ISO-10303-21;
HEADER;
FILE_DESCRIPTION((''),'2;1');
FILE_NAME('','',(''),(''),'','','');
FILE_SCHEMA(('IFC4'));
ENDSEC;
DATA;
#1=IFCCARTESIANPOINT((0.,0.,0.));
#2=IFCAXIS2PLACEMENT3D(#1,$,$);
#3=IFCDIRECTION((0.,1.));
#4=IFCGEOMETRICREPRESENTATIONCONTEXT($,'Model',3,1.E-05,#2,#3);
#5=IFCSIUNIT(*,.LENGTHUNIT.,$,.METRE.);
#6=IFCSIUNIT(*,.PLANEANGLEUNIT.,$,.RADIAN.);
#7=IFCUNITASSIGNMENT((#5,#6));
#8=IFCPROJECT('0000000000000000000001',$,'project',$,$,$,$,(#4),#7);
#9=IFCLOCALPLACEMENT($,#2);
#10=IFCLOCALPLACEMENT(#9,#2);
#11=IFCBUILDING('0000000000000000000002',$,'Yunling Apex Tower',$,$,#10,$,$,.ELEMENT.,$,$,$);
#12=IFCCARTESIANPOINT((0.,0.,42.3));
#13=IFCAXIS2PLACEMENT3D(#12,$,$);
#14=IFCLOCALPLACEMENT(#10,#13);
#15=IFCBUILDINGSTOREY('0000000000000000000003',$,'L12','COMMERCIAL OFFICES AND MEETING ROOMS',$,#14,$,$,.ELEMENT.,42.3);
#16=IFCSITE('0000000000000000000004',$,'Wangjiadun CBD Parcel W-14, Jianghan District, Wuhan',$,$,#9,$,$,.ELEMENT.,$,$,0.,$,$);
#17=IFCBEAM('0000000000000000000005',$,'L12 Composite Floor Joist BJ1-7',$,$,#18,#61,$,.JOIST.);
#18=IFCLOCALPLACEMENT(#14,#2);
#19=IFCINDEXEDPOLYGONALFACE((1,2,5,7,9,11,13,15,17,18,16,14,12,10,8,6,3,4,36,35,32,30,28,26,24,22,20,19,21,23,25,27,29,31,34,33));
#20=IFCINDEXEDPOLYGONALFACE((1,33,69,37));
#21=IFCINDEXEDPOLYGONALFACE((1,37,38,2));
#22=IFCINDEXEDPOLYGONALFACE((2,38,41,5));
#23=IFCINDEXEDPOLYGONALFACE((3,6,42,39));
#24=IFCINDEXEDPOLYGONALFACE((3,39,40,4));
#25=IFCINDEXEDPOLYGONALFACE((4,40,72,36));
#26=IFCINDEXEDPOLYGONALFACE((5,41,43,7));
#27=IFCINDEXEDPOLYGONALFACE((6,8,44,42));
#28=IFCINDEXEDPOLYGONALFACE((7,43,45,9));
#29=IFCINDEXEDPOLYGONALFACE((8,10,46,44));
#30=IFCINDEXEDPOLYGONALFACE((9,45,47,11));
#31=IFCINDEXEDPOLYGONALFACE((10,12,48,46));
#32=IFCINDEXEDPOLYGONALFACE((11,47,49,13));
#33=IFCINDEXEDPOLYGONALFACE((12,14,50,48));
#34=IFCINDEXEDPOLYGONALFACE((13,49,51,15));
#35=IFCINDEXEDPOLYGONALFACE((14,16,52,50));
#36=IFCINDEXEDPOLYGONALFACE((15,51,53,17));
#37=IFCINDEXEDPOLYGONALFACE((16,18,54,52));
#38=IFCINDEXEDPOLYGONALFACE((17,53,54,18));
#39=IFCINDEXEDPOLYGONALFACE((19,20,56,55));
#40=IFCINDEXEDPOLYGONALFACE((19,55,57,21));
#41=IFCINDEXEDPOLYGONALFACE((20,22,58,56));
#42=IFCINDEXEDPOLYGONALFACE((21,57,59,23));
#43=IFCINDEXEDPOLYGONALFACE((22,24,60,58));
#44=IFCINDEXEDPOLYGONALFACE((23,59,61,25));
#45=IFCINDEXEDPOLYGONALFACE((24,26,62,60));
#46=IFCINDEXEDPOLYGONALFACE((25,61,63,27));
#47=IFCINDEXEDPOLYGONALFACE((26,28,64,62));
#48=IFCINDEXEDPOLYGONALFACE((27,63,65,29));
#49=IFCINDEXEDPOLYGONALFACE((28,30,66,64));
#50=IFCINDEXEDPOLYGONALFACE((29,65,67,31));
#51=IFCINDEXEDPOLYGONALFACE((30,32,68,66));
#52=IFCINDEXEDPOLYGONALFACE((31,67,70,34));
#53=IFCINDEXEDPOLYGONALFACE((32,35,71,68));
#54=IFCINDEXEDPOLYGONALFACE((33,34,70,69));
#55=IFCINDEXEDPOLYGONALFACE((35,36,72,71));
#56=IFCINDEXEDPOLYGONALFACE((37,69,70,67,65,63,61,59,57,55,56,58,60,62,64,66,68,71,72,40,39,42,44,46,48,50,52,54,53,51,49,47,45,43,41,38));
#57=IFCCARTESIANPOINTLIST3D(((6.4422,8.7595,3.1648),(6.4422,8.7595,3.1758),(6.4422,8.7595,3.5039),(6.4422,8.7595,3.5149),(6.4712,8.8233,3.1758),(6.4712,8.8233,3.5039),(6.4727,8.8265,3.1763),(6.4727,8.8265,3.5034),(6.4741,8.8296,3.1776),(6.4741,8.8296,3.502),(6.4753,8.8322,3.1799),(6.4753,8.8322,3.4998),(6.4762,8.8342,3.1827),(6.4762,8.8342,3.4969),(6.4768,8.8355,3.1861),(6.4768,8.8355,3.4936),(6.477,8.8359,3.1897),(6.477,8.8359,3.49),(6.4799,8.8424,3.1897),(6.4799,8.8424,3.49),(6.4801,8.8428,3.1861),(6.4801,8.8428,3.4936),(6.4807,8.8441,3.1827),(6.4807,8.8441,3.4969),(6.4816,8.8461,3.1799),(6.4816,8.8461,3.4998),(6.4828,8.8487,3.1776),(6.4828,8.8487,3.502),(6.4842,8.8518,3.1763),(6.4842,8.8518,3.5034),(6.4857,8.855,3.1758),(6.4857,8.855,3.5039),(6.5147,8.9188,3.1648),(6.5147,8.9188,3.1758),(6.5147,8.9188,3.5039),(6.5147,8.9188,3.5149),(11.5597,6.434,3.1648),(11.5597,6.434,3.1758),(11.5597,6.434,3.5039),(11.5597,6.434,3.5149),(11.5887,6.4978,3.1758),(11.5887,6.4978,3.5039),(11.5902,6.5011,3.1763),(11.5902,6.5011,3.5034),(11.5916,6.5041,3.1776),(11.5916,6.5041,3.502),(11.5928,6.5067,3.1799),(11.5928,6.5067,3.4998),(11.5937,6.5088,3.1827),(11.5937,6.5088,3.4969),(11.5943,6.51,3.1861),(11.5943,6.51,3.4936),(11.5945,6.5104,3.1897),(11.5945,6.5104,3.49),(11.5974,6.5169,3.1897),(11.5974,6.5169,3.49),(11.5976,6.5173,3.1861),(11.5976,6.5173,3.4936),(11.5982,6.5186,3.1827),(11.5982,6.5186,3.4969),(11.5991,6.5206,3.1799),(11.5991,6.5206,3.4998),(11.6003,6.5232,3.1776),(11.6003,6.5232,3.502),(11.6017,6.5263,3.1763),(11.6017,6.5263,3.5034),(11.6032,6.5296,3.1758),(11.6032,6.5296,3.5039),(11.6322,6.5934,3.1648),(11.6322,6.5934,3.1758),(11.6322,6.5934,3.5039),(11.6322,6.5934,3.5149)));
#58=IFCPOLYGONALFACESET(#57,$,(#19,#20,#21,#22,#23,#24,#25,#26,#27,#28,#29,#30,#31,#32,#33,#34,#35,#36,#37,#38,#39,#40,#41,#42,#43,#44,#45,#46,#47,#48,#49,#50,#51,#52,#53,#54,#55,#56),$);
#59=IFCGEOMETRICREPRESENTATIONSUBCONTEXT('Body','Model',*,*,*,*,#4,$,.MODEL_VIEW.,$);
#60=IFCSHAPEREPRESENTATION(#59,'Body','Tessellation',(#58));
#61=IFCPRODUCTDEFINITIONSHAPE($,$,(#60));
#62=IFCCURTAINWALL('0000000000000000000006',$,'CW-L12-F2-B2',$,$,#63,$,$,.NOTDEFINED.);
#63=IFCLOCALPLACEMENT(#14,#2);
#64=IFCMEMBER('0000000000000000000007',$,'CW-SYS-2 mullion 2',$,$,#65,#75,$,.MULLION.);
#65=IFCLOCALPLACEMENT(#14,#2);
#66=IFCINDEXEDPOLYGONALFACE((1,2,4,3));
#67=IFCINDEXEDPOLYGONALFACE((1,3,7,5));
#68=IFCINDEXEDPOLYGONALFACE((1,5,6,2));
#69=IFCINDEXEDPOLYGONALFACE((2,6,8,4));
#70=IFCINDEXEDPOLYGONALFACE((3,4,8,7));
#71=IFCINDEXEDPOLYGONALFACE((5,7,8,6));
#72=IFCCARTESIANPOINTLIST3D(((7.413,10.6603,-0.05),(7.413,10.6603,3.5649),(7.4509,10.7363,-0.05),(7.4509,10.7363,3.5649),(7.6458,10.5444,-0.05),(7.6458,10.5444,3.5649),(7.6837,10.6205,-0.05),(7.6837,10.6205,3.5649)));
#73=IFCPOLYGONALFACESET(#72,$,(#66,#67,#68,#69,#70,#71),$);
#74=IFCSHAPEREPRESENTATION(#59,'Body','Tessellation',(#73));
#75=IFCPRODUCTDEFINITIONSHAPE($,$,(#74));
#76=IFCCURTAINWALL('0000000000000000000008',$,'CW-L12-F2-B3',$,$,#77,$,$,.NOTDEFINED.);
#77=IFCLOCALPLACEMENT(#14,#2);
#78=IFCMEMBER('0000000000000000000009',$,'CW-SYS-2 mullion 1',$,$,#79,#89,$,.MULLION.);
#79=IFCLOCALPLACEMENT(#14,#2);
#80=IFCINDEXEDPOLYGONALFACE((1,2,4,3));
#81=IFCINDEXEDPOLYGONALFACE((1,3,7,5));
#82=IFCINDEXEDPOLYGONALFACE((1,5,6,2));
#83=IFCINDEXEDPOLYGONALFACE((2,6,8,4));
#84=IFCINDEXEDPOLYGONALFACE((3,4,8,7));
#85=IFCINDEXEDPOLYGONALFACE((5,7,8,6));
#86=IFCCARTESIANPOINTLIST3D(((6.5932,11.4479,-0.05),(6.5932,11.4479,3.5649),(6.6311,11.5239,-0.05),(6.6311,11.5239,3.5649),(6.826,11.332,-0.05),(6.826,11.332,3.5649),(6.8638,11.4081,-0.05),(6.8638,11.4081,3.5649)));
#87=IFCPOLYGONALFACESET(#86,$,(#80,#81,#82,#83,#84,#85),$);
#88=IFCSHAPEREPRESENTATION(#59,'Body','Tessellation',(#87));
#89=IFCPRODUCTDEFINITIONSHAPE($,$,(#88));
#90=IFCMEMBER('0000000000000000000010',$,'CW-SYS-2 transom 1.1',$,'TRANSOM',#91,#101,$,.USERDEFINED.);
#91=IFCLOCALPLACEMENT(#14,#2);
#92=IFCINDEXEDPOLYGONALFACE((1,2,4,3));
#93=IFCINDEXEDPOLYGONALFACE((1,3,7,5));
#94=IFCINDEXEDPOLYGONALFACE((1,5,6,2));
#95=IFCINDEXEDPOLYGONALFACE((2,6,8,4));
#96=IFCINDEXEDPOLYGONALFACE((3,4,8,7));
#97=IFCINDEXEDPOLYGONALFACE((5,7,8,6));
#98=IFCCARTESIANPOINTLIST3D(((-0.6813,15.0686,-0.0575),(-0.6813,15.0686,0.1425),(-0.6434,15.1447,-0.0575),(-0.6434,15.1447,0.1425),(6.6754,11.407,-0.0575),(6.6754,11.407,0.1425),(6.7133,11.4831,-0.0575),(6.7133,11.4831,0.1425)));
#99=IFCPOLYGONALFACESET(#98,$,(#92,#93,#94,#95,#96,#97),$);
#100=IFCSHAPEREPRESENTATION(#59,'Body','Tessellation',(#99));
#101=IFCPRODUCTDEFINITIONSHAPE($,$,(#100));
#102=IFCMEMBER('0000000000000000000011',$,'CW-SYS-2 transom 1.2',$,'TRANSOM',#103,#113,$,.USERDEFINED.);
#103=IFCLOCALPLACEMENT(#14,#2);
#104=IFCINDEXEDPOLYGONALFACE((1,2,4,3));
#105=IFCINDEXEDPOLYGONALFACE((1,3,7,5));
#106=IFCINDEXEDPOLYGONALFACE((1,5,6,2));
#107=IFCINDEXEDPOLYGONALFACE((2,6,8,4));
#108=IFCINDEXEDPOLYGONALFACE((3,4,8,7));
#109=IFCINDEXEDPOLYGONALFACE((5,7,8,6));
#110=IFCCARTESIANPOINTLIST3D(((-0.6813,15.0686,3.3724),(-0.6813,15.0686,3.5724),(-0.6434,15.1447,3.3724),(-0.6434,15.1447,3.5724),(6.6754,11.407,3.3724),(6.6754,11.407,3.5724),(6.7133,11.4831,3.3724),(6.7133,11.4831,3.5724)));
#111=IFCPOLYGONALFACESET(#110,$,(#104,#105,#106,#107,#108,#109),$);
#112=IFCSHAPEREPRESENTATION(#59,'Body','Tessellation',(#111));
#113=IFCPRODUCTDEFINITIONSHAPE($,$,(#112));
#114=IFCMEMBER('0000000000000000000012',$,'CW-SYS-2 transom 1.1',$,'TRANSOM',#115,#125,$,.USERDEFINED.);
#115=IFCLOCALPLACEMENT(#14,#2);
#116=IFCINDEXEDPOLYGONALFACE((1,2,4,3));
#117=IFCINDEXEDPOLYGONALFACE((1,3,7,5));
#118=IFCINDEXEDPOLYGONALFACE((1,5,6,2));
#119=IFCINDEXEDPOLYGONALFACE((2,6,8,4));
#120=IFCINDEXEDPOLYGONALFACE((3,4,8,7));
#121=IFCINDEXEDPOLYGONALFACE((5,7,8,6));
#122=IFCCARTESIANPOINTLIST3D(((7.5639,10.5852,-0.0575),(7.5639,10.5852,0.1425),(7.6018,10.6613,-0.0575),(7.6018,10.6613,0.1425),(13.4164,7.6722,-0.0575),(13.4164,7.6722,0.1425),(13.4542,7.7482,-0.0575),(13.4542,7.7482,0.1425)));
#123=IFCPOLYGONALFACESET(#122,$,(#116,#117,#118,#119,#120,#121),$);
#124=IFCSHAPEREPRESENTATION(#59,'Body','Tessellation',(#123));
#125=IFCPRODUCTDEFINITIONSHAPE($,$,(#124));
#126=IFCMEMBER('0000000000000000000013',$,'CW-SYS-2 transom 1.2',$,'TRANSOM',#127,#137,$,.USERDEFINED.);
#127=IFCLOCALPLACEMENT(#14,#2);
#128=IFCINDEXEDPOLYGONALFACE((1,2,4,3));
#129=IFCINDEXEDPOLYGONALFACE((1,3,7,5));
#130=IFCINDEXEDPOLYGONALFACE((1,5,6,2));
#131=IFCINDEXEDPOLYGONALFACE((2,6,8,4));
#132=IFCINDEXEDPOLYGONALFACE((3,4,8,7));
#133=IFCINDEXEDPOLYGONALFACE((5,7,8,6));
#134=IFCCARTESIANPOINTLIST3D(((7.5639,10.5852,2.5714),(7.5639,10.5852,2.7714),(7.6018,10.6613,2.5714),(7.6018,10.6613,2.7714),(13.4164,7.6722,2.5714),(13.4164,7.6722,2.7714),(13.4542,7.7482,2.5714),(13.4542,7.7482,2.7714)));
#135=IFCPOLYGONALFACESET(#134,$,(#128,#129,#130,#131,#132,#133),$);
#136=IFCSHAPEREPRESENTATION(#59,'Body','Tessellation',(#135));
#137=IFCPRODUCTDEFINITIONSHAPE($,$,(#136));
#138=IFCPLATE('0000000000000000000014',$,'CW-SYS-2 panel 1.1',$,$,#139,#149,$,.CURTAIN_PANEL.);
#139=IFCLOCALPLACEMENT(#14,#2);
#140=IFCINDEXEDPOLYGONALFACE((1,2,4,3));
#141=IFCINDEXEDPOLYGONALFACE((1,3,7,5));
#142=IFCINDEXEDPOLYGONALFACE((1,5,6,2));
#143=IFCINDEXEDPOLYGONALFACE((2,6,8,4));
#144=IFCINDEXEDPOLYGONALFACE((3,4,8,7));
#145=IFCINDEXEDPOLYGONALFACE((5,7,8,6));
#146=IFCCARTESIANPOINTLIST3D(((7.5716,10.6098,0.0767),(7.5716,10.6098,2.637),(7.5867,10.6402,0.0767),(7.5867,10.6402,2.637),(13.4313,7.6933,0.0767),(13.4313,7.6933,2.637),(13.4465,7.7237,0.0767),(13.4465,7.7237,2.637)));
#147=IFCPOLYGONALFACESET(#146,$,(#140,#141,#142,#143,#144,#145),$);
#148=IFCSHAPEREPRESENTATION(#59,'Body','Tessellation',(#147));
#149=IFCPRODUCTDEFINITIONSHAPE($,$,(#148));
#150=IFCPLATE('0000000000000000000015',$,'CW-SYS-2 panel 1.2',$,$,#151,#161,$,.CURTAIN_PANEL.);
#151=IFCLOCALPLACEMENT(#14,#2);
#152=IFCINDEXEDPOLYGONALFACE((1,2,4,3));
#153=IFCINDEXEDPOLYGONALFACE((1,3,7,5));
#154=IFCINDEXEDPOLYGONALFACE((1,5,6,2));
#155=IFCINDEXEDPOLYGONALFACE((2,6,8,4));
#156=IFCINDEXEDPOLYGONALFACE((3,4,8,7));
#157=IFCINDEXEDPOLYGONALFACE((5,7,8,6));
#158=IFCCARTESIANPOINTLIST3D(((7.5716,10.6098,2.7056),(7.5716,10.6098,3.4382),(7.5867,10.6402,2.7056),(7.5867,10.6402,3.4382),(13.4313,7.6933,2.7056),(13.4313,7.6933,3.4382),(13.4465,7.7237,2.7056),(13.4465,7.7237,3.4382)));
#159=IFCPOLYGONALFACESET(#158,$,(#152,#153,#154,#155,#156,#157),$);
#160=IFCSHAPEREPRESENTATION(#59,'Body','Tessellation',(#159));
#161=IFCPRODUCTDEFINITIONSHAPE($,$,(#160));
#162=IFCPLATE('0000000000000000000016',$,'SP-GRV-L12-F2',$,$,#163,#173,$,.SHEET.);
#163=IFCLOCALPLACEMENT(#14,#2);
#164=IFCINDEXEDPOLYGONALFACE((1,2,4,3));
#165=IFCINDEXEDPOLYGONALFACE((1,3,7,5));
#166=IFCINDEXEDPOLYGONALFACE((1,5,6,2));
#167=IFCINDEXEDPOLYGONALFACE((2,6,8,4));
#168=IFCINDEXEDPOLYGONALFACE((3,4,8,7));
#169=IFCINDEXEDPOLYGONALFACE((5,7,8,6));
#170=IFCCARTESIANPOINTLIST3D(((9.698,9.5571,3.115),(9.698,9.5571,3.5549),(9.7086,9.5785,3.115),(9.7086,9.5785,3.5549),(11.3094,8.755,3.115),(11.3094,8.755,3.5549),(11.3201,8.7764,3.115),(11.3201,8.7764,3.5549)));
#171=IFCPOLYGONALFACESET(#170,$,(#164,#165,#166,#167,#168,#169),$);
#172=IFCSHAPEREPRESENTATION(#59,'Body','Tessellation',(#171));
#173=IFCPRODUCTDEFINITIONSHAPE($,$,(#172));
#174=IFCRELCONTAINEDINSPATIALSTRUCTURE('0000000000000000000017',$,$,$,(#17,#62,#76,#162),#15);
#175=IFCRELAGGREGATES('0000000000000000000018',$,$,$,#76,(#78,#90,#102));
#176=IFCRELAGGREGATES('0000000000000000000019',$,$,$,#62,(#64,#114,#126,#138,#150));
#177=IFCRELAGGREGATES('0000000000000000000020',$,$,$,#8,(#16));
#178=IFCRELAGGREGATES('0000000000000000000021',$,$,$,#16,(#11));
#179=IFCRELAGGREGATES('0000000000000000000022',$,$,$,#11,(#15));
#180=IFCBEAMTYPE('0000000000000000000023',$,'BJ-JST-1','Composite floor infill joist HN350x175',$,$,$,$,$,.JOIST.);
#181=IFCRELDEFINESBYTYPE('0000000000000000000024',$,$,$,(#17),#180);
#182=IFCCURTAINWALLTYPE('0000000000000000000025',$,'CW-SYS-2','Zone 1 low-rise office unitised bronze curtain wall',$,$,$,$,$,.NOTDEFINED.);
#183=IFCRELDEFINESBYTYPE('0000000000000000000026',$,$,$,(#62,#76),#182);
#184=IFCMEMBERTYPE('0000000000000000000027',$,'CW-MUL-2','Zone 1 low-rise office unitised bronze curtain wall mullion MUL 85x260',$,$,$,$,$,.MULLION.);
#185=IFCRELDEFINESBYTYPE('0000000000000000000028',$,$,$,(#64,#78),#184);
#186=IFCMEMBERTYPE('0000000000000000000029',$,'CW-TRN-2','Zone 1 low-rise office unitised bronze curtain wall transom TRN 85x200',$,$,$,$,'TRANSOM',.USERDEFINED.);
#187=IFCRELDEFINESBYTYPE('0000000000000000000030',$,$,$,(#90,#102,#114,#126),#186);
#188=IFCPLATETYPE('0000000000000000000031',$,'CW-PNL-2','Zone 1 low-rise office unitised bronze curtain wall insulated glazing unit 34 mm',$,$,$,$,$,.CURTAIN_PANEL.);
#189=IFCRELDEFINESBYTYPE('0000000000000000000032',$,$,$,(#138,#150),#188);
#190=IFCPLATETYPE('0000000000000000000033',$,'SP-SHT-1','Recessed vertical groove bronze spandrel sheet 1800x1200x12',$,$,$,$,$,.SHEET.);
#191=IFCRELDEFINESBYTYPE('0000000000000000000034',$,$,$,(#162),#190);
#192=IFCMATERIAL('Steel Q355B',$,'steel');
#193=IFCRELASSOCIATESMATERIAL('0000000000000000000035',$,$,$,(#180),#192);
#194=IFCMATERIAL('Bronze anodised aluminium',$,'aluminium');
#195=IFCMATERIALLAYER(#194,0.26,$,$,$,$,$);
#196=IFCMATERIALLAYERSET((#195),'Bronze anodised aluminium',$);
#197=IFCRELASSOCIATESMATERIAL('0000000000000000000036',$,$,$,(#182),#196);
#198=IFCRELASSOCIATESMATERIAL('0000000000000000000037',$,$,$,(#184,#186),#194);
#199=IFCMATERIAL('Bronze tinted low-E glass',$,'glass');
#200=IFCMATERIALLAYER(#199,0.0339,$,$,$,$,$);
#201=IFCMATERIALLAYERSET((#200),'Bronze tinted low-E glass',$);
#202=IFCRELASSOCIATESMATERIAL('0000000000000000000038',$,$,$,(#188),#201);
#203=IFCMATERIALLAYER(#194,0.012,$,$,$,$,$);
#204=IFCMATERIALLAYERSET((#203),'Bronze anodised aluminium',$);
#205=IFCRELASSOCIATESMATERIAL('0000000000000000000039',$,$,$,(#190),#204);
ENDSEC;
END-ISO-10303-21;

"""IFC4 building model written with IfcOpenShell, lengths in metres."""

from ifc_helpers import new_model, si_unit, direction, frame, origin, origin_2d, place, context, subcontext, project, spatial, rectangle, i_section, extrude, source, transform, mapped, material, layer, layer_set, material_profile, profile_set, type_object, element, aggregate, save


model = new_model("IFC4")

# Units and contexts
model_context = context("Model", 3, precision=1e-05, world=origin(), true_north=direction((0.0, 1.0)))
body_context = subcontext(model_context, "Body", "Model", "MODEL_VIEW")
ifc_project = project(units=[si_unit("LENGTHUNIT", "METRE"), si_unit("PLANEANGLEUNIT", "RADIAN")], contexts=[model_context])

# Site, building, storey
site_placement = place(None, origin())
site = spatial("IfcSite", under=ifc_project, at=site_placement, Name="Wangjiadun CBD Parcel W-14, Jianghan District, Wuhan", CompositionType="ELEMENT", RefElevation=0.0)
building_placement = place(site_placement, origin())
building = spatial("IfcBuilding", under=site, at=building_placement, Name="Yunling Apex Tower", CompositionType="ELEMENT")
storey_placement = place(building_placement, frame((0.0, 0.0, 42.3)))
storey = spatial("IfcBuildingStorey", under=building, at=storey_placement, Name="L12", Description="COMMERCIAL OFFICES AND MEETING ROOMS", CompositionType="ELEMENT", Elevation=42.3)

# Beam
ifc_material_1 = material(Name="Steel Q355B", Category="steel")
ifc_material_profile_1 = material_profile(ifc_material_1, i_section(OverallWidth=0.175, OverallDepth=0.3501, WebThickness=0.0071, FlangeThickness=0.011, FilletRadius=0.0139, at=origin_2d()))
ifc_profile_set_1 = profile_set([ifc_material_profile_1], Name="Steel Q355B")
beam_type_1 = type_object("IfcBeamType", Name="BJ-JST-1", Description="Composite floor infill joist HN350x175", PredefinedType="JOIST", material=ifc_profile_set_1)
shared_shape_1 = source(origin(), body_context, "Body", "SweptSolid", [
    extrude(i_section(OverallWidth=0.175, OverallDepth=0.3501, WebThickness=0.0071, FlangeThickness=0.011, FilletRadius=0.0139, at=origin_2d()), origin(), (0.0, 0.0, 1.0), 5.6211),
])
beam_1_placement = place(storey_placement, frame((11.5959, 6.5137, 3.3398), z_axis=(-0.910411, 0.413705, 0.0), x_axis=(-0.413705, -0.910411, 0.0)))
element("IfcBeam", 1, at=beam_1_placement, inside=storey, type_object=beam_type_1, Name="L12 Composite Floor Joist BJ1-7", PredefinedType="JOIST", context=body_context, shape_type="MappedRepresentation", body=[
    mapped(shared_shape_1, transform((0.0, 0.0, 0.0), scale=1.0)),
])

# Curtain wall, member
ifc_material_2 = material(Name="Bronze anodised aluminium", Category="aluminium")
ifc_layer_1 = layer(ifc_material_2, 0.26)
ifc_layer_set_1 = layer_set([ifc_layer_1], Name="Bronze anodised aluminium")
curtain_wall_type = type_object("IfcCurtainWallType", Name="CW-SYS-2", Description="Zone 1 low-rise office unitised bronze curtain wall", PredefinedType="NOTDEFINED", material=ifc_layer_set_1)
curtain_wall_1_placement = place(storey_placement, origin())
curtain_wall_1 = element("IfcCurtainWall", 2, at=curtain_wall_1_placement, inside=storey, type_object=curtain_wall_type, Name="CW-L12-F2-B2", PredefinedType="NOTDEFINED")
ifc_material_profile_2 = material_profile(ifc_material_2, rectangle(XDim=0.085, YDim=0.26, at=origin_2d()))
ifc_profile_set_2 = profile_set([ifc_material_profile_2], Name="Bronze anodised aluminium")
member_type_1 = type_object("IfcMemberType", Name="CW-MUL-2", Description="Zone 1 low-rise office unitised bronze curtain wall mullion MUL 85x260", PredefinedType="MULLION", material=ifc_profile_set_2)
shared_shape_2 = source(origin(), body_context, "Body", "SweptSolid", [
    extrude(rectangle(XDim=0.085, YDim=0.26, at=origin_2d()), origin(), (0.0, 0.0, 1.0), 3.615),
])
member_1_placement = place(storey_placement, frame((7.5483, 10.6404, -0.05), z_axis=(0.0, 0.0, 1.0), x_axis=(-0.445577, -0.895244, 0.0)))
member_1 = element("IfcMember", 3, at=member_1_placement, type_object=member_type_1, Name="CW-SYS-2 mullion 2", PredefinedType="MULLION", context=body_context, shape_type="MappedRepresentation", body=[
    mapped(shared_shape_2, transform((0.0, 0.0, 0.0), scale=1.0)),
])

# Curtain wall, members
curtain_wall_2_placement = place(storey_placement, origin())
curtain_wall_2 = element("IfcCurtainWall", 4, at=curtain_wall_2_placement, inside=storey, type_object=curtain_wall_type, Name="CW-L12-F2-B3", PredefinedType="NOTDEFINED")
member_2_placement = place(storey_placement, frame((6.7285, 11.428, -0.05), z_axis=(0.0, 0.0, 1.0), x_axis=(-0.44558, -0.895242, 0.0)))
member_2 = element("IfcMember", 5, at=member_2_placement, type_object=member_type_1, Name="CW-SYS-2 mullion 1", PredefinedType="MULLION", context=body_context, shape_type="MappedRepresentation", body=[
    mapped(shared_shape_2, transform((0.0, 0.0, 0.0), scale=1.0)),
])
ifc_material_profile_3 = material_profile(ifc_material_2, rectangle(XDim=0.085, YDim=0.2, at=origin_2d()))
ifc_profile_set_3 = profile_set([ifc_material_profile_3], Name="Bronze anodised aluminium")
member_type_2 = type_object("IfcMemberType", Name="CW-TRN-2", Description="Zone 1 low-rise office unitised bronze curtain wall transom TRN 85x200", ElementType="TRANSOM", PredefinedType="USERDEFINED", material=ifc_profile_set_3)
shared_shape_3 = source(origin(), body_context, "Body", "SweptSolid", [
    extrude(rectangle(XDim=0.085, YDim=0.2, at=origin_2d()), origin(), (0.0, 0.0, 1.0), 8.2175),
])
member_3_placement = place(storey_placement, frame((6.6943, 11.4451, 0.0425), z_axis=(-0.89524, 0.445585, 0.0), x_axis=(-0.445585, -0.89524, 0.0)))
member_3 = element("IfcMember", 6, at=member_3_placement, type_object=member_type_2, Name="CW-SYS-2 transom 1.1", ObjectType="TRANSOM", PredefinedType="USERDEFINED", context=body_context, shape_type="MappedRepresentation", body=[
    mapped(shared_shape_3, transform((0.0, 0.0, 0.0), scale=1.0)),
])
member_4_placement = place(storey_placement, frame((6.6943, 11.4451, 3.4724), z_axis=(-0.89524, 0.445585, 0.0), x_axis=(-0.445585, -0.89524, 0.0)))
member_4 = element("IfcMember", 7, at=member_4_placement, type_object=member_type_2, Name="CW-SYS-2 transom 1.2", ObjectType="TRANSOM", PredefinedType="USERDEFINED", context=body_context, shape_type="MappedRepresentation", body=[
    mapped(shared_shape_3, transform((0.0, 0.0, 0.0), scale=1.0)),
])
aggregate(curtain_wall_2, [member_2, member_3, member_4])

# Members
shared_shape_4 = source(origin(), body_context, "Body", "SweptSolid", [
    extrude(rectangle(XDim=0.085, YDim=0.2, at=origin_2d()), origin(), (0.0, 0.0, 1.0), 6.5374),
])
member_5_placement = place(storey_placement, frame((13.4353, 7.7102, 0.0425), z_axis=(-0.895232, 0.4456, 0.0), x_axis=(-0.4456, -0.895232, 0.0)))
member_5 = element("IfcMember", 8, at=member_5_placement, type_object=member_type_2, Name="CW-SYS-2 transom 1.1", ObjectType="TRANSOM", PredefinedType="USERDEFINED", context=body_context, shape_type="MappedRepresentation", body=[
    mapped(shared_shape_4, transform((0.0, 0.0, 0.0), scale=1.0)),
])
member_6_placement = place(storey_placement, frame((13.4353, 7.7102, 2.6714), z_axis=(-0.895232, 0.4456, 0.0), x_axis=(-0.4456, -0.895232, 0.0)))
member_6 = element("IfcMember", 9, at=member_6_placement, type_object=member_type_2, Name="CW-SYS-2 transom 1.2", ObjectType="TRANSOM", PredefinedType="USERDEFINED", context=body_context, shape_type="MappedRepresentation", body=[
    mapped(shared_shape_4, transform((0.0, 0.0, 0.0), scale=1.0)),
])

# Plates
ifc_material_3 = material(Name="Bronze tinted low-E glass", Category="glass")
ifc_layer_2 = layer(ifc_material_3, 0.0339)
ifc_layer_set_2 = layer_set([ifc_layer_2], Name="Bronze tinted low-E glass")
plate_type_1 = type_object("IfcPlateType", Name="CW-PNL-2", Description="Zone 1 low-rise office unitised bronze curtain wall insulated glazing unit 34 mm", PredefinedType="CURTAIN_PANEL", material=ifc_layer_set_2)
shared_shape_5 = source(origin(), body_context, "Body", "SweptSolid", [
    extrude(rectangle(XDim=6.5454, YDim=0.0339, at=origin_2d()), origin(), (0.0, 0.0, 1.0), 2.5603),
])
plate_1_placement = place(storey_placement, frame((10.509, 9.1667, 0.0767), z_axis=(0.0, 0.0, 1.0), x_axis=(-0.895244, 0.445577, 0.0)))
plate_1 = element("IfcPlate", 10, at=plate_1_placement, type_object=plate_type_1, Name="CW-SYS-2 panel 1.1", PredefinedType="CURTAIN_PANEL", context=body_context, shape_type="MappedRepresentation", body=[
    mapped(shared_shape_5, transform((0.0, 0.0, 0.0), scale=1.0)),
])
shared_shape_6 = source(origin(), body_context, "Body", "SweptSolid", [
    extrude(rectangle(XDim=6.5454, YDim=0.0339, at=origin_2d()), origin(), (0.0, 0.0, 1.0), 0.7327),
])
plate_2_placement = place(storey_placement, frame((10.509, 9.1667, 2.7056), z_axis=(0.0, 0.0, 1.0), x_axis=(-0.895244, 0.445577, 0.0)))
plate_2 = element("IfcPlate", 11, at=plate_2_placement, type_object=plate_type_1, Name="CW-SYS-2 panel 1.2", PredefinedType="CURTAIN_PANEL", context=body_context, shape_type="MappedRepresentation", body=[
    mapped(shared_shape_6, transform((0.0, 0.0, 0.0), scale=1.0)),
])
aggregate(curtain_wall_1, [member_1, member_5, member_6, plate_1, plate_2])
ifc_layer_3 = layer(ifc_material_2, 0.012)
ifc_layer_set_3 = layer_set([ifc_layer_3], Name="Bronze anodised aluminium")
plate_type_2 = type_object("IfcPlateType", Name="SP-SHT-1", Description="Recessed vertical groove bronze spandrel sheet 1800x1200x12", PredefinedType="SHEET", material=ifc_layer_set_3)
shared_shape_7 = source(origin(), body_context, "Body", "SweptSolid", [
    extrude(rectangle(XDim=1.8, YDim=0.0239, at=origin_2d()), origin(), (0.0, 0.0, 1.0), 0.4399),
])
plate_3_placement = place(storey_placement, frame((10.509, 9.1667, 3.115), z_axis=(0.0, 0.0, 1.0), x_axis=(-0.895246, 0.445573, 0.0)))
element("IfcPlate", 12, at=plate_3_placement, inside=storey, type_object=plate_type_2, Name="SP-GRV-L12-F2", PredefinedType="SHEET", context=body_context, shape_type="MappedRepresentation", body=[
    mapped(shared_shape_7, transform((0.0, 0.0, 0.0), scale=1.0)),
])

save(model, "model.ifc")
